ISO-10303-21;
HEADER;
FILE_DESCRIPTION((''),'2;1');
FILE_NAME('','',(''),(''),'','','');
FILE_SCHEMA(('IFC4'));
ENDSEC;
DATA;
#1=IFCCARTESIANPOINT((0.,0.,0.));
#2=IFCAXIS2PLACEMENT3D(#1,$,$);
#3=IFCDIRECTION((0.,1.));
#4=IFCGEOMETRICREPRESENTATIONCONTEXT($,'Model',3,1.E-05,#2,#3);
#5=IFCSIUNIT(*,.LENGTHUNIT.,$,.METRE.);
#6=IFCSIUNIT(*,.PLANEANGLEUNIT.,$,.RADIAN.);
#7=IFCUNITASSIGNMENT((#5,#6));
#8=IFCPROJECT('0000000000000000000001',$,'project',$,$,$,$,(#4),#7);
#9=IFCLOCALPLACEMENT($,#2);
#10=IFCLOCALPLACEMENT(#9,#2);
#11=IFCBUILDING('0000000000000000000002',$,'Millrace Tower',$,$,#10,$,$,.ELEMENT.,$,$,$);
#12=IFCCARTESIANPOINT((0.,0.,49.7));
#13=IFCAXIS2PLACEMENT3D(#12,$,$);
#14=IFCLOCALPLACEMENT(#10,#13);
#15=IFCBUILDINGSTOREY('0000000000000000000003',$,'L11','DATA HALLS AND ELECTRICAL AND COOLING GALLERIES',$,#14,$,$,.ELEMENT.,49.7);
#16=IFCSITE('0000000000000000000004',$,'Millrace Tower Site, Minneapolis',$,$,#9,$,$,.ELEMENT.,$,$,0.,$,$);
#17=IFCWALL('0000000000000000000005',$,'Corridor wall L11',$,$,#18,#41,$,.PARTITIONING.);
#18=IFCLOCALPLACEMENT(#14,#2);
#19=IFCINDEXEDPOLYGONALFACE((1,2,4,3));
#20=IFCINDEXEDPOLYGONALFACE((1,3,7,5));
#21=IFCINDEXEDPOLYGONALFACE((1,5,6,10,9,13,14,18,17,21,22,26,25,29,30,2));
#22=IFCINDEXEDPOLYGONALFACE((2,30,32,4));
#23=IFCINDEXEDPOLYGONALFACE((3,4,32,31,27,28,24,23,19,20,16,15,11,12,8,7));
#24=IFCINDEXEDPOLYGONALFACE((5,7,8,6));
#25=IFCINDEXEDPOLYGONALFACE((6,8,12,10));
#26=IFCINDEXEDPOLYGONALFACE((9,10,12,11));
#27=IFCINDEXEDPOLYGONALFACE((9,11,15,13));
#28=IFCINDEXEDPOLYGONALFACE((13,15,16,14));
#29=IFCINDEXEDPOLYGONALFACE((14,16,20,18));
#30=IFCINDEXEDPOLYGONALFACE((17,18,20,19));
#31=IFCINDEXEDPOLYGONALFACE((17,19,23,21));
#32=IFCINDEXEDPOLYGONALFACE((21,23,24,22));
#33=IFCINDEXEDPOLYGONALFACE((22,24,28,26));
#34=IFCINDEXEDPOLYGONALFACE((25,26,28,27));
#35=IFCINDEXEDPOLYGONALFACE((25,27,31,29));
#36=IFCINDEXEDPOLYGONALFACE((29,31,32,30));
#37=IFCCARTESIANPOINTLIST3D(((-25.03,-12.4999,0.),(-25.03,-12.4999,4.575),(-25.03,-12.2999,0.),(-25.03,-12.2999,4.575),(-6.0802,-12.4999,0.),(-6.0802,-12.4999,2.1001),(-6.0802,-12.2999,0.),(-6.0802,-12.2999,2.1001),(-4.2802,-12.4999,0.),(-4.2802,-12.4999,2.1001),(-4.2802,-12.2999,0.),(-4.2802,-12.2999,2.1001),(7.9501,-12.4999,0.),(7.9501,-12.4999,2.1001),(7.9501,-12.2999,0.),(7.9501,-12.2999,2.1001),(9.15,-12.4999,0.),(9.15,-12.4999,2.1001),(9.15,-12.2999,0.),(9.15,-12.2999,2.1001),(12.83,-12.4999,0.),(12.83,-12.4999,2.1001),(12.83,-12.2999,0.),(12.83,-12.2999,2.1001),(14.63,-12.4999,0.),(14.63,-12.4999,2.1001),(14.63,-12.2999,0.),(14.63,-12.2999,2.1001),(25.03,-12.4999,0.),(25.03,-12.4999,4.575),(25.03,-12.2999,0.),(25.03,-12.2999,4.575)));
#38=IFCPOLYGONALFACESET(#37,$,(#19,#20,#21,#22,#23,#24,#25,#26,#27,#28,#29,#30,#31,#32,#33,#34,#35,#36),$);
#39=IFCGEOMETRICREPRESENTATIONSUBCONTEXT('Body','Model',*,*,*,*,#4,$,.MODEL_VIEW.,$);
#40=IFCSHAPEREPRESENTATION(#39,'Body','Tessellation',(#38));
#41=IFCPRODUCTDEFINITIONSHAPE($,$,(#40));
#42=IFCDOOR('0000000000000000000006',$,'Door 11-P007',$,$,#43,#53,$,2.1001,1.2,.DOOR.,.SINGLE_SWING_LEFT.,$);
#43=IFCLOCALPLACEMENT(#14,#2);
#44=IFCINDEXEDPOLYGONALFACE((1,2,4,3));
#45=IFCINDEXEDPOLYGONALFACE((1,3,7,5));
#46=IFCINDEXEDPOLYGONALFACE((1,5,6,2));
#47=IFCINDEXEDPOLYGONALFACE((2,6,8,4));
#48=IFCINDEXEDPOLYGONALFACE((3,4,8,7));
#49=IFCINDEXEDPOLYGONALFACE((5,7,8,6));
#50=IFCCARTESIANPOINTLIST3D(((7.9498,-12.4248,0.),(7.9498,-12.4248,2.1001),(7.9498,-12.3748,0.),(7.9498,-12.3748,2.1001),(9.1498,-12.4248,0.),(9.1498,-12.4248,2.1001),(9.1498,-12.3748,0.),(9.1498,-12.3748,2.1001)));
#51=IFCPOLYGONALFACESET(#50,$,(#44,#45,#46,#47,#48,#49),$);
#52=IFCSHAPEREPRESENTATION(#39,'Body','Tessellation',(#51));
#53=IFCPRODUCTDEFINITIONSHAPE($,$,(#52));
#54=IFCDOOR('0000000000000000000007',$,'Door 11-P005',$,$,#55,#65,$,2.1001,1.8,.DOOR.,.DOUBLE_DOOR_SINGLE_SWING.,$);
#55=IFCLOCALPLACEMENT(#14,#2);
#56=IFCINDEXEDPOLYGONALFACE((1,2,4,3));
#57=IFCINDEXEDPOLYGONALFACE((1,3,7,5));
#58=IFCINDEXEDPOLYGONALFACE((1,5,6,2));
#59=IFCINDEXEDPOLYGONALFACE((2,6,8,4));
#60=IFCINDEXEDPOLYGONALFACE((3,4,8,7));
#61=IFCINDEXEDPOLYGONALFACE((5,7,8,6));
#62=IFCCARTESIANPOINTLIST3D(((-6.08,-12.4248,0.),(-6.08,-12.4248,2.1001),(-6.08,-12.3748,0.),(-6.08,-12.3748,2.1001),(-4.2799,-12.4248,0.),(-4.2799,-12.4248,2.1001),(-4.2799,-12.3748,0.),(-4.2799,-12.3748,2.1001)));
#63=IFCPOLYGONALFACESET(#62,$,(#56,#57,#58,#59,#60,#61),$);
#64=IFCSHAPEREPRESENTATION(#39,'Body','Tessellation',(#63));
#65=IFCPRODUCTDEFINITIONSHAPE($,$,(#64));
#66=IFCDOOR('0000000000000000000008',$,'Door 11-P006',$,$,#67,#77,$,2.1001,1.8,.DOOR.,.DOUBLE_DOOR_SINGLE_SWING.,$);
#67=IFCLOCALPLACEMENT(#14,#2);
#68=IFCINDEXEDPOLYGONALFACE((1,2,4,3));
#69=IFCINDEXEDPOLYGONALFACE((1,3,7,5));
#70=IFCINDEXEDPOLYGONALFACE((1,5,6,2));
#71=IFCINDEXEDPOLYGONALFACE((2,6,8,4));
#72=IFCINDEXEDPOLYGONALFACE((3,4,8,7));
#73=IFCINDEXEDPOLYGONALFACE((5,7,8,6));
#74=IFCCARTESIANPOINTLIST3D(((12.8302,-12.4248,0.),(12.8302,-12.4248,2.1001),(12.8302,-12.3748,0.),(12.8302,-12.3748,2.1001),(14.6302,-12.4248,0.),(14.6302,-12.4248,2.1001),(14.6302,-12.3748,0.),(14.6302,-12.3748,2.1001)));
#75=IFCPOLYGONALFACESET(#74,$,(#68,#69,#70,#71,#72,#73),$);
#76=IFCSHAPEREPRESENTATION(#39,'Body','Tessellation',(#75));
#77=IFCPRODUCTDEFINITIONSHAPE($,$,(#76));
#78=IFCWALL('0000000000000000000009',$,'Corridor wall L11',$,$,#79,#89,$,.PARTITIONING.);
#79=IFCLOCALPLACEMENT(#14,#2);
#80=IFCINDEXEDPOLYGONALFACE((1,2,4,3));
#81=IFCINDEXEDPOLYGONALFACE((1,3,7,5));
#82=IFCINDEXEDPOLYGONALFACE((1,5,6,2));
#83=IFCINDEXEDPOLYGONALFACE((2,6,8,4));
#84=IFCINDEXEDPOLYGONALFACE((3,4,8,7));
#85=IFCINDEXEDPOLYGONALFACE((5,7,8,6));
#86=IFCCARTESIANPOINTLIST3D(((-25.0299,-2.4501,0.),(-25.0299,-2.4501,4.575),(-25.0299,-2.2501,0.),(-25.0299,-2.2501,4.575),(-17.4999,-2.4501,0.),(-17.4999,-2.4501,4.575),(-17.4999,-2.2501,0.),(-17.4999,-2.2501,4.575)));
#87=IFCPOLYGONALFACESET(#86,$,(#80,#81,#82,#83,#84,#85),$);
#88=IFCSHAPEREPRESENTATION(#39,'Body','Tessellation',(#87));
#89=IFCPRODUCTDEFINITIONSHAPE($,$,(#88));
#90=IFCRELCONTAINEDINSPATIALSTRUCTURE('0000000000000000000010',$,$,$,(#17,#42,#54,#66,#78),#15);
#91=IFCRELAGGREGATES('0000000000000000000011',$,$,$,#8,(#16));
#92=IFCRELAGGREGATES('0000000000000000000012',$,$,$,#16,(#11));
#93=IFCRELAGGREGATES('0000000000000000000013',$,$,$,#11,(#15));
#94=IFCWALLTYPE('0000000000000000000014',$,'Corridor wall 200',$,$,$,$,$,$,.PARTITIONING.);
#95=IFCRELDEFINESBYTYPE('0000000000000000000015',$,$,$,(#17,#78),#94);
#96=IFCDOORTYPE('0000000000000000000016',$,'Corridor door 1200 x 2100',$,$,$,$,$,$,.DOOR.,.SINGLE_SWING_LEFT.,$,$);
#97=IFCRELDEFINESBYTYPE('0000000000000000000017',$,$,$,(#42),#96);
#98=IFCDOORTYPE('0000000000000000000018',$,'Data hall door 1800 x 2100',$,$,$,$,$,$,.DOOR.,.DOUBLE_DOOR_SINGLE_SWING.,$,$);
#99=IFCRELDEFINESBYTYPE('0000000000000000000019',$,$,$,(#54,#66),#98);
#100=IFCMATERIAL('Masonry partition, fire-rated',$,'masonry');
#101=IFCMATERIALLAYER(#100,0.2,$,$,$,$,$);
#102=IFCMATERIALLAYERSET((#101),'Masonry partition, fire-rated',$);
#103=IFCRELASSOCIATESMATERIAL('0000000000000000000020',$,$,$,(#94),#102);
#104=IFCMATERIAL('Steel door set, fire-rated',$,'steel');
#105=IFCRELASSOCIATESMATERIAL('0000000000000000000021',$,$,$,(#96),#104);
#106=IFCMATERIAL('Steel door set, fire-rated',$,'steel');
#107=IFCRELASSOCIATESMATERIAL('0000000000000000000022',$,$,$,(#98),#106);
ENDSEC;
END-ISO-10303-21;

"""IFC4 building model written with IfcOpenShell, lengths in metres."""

from ifc_helpers import new_model, si_unit, direction, frame, frame_2d, origin, place, context, subcontext, project, spatial, rectangle, extrude, material, layer, layer_set, type_object, element, fill, save


model = new_model("IFC4")

# Units and contexts
model_context = context("Model", 3, precision=1e-05, world=origin(), true_north=direction((0.0, 1.0)))
body_context = subcontext(model_context, "Body", "Model", "MODEL_VIEW")
ifc_project = project(units=[si_unit("LENGTHUNIT", "METRE"), si_unit("PLANEANGLEUNIT", "RADIAN")], contexts=[model_context])

# Site, building, storey
site_placement = place(None, origin())
site = spatial("IfcSite", under=ifc_project, at=site_placement, Name="Millrace Tower Site, Minneapolis", CompositionType="ELEMENT", RefElevation=0.0)
building_placement = place(site_placement, origin())
building = spatial("IfcBuilding", under=site, at=building_placement, Name="Millrace Tower", CompositionType="ELEMENT")
storey_placement = place(building_placement, frame((0.0, 0.0, 49.7)))
storey = spatial("IfcBuildingStorey", under=building, at=storey_placement, Name="L11", Description="DATA HALLS AND ELECTRICAL AND COOLING GALLERIES", CompositionType="ELEMENT", Elevation=49.7)

# Wall, openings, doors
ifc_material_1 = material(Name="Masonry partition, fire-rated", Category="masonry")
ifc_layer_1 = layer(ifc_material_1, 0.2)
ifc_layer_set_1 = layer_set([ifc_layer_1], Name="Masonry partition, fire-rated")
wall_type = type_object("IfcWallType", Name="Corridor wall 200", PredefinedType="PARTITIONING", material=ifc_layer_set_1)
wall_1_placement = place(storey_placement, frame((-25.03, -12.3999, 0.0), z_axis=(0.0, 0.0, 1.0), x_axis=(1.0, 0.0, 0.0)))
wall_1 = element("IfcWall", 1, at=wall_1_placement, inside=storey, type_object=wall_type, Name="Corridor wall L11", PredefinedType="PARTITIONING", context=body_context, shape_type="SweptSolid", body=[
    extrude(rectangle(XDim=50.0601, YDim=0.2, at=frame_2d((25.03, 0.0))), origin(), (0.0, 0.0, 1.0), 4.575),
])
opening_1_placement = place(wall_1_placement, frame((18.95, 0.0, 0.0)))
opening_1 = element("IfcOpeningElement", 2, at=opening_1_placement, cuts=wall_1, PredefinedType="OPENING", context=body_context, shape_type="SweptSolid", body=[
    extrude(rectangle(XDim=1.8, YDim=2.1001, at=frame_2d((0.8999, 1.05))), frame((0.0, 0.1099, 0.0), z_axis=(0.0, -1.0, 0.0), x_axis=(1.0, 0.0, 0.0)), (0.0, 0.0, 1.0), 0.22),
])
opening_2_placement = place(wall_1_placement, frame((37.8601, 0.0, 0.0)))
opening_2 = element("IfcOpeningElement", 3, at=opening_2_placement, cuts=wall_1, PredefinedType="OPENING", context=body_context, shape_type="SweptSolid", body=[
    extrude(rectangle(XDim=1.8, YDim=2.1001, at=frame_2d((0.8999, 1.05))), frame((0.0, 0.1099, 0.0), z_axis=(0.0, -1.0, 0.0), x_axis=(1.0, 0.0, 0.0)), (0.0, 0.0, 1.0), 0.22),
])
opening_3_placement = place(wall_1_placement, frame((32.98, 0.0, 0.0)))
opening_3 = element("IfcOpeningElement", 4, at=opening_3_placement, cuts=wall_1, PredefinedType="OPENING", context=body_context, shape_type="SweptSolid", body=[
    extrude(rectangle(XDim=1.2, YDim=2.1001, at=frame_2d((0.6001, 1.05))), frame((0.0, 0.1099, 0.0), z_axis=(0.0, -1.0, 0.0), x_axis=(1.0, 0.0, 0.0)), (0.0, 0.0, 1.0), 0.22),
])
ifc_material_2 = material(Name="Steel door set, fire-rated", Category="steel")
door_type_1 = type_object("IfcDoorType", Name="Corridor door 1200 x 2100", OperationType="SINGLE_SWING_LEFT", PredefinedType="DOOR", material=ifc_material_2)
door_1_placement = place(opening_3_placement, frame((1.2, 0.0, 0.0), z_axis=(0.0, 0.0, 1.0), x_axis=(-1.0, 0.0, 0.0)))
door_1 = element("IfcDoor", 5, at=door_1_placement, inside=storey, type_object=door_type_1, Name="Door 11-P007", OperationType="SINGLE_SWING_LEFT", OverallHeight=2.1001, OverallWidth=1.2, PredefinedType="DOOR", context=body_context, shape_type="SweptSolid", body=[
    extrude(rectangle(XDim=1.2, YDim=2.1001, at=frame_2d((0.6001, 1.05))), frame((0.0, 0.0249, 0.0), z_axis=(0.0, -1.0, 0.0), x_axis=(1.0, 0.0, 0.0)), (0.0, 0.0, 1.0), 0.05),
])
fill(opening_3, door_1)
ifc_material_3 = material(Name="Steel door set, fire-rated", Category="steel")
door_type_2 = type_object("IfcDoorType", Name="Data hall door 1800 x 2100", OperationType="DOUBLE_DOOR_SINGLE_SWING", PredefinedType="DOOR", material=ifc_material_3)
door_2_placement = place(opening_1_placement, frame((1.8, 0.0, 0.0), z_axis=(0.0, 0.0, 1.0), x_axis=(-1.0, 0.0, 0.0)))
door_2 = element("IfcDoor", 6, at=door_2_placement, inside=storey, type_object=door_type_2, Name="Door 11-P005", OperationType="DOUBLE_DOOR_SINGLE_SWING", OverallHeight=2.1001, OverallWidth=1.8, PredefinedType="DOOR", context=body_context, shape_type="SweptSolid", body=[
    extrude(rectangle(XDim=1.8, YDim=2.1001, at=frame_2d((0.8999, 1.05))), frame((0.0, 0.0249, 0.0), z_axis=(0.0, -1.0, 0.0), x_axis=(1.0, 0.0, 0.0)), (0.0, 0.0, 1.0), 0.05),
])
fill(opening_1, door_2)
door_3_placement = place(opening_2_placement, frame((1.8, 0.0, 0.0), z_axis=(0.0, 0.0, 1.0), x_axis=(-1.0, 0.0, 0.0)))
door_3 = element("IfcDoor", 7, at=door_3_placement, inside=storey, type_object=door_type_2, Name="Door 11-P006", OperationType="DOUBLE_DOOR_SINGLE_SWING", OverallHeight=2.1001, OverallWidth=1.8, PredefinedType="DOOR", context=body_context, shape_type="SweptSolid", body=[
    extrude(rectangle(XDim=1.8, YDim=2.1001, at=frame_2d((0.8999, 1.05))), frame((0.0, 0.0249, 0.0), z_axis=(0.0, -1.0, 0.0), x_axis=(1.0, 0.0, 0.0)), (0.0, 0.0, 1.0), 0.05),
])
fill(opening_2, door_3)

# Wall
wall_2_placement = place(storey_placement, frame((-25.03, -2.3501, 0.0), z_axis=(0.0, 0.0, 1.0), x_axis=(1.0, 0.0, 0.0)))
element("IfcWall", 8, at=wall_2_placement, inside=storey, type_object=wall_type, Name="Corridor wall L11", PredefinedType="PARTITIONING", context=body_context, shape_type="SweptSolid", body=[
    extrude(rectangle(XDim=7.53, YDim=0.2, at=frame_2d((3.7651, 0.0))), origin(), (0.0, 0.0, 1.0), 4.575),
])

save(model, "model.ifc")
